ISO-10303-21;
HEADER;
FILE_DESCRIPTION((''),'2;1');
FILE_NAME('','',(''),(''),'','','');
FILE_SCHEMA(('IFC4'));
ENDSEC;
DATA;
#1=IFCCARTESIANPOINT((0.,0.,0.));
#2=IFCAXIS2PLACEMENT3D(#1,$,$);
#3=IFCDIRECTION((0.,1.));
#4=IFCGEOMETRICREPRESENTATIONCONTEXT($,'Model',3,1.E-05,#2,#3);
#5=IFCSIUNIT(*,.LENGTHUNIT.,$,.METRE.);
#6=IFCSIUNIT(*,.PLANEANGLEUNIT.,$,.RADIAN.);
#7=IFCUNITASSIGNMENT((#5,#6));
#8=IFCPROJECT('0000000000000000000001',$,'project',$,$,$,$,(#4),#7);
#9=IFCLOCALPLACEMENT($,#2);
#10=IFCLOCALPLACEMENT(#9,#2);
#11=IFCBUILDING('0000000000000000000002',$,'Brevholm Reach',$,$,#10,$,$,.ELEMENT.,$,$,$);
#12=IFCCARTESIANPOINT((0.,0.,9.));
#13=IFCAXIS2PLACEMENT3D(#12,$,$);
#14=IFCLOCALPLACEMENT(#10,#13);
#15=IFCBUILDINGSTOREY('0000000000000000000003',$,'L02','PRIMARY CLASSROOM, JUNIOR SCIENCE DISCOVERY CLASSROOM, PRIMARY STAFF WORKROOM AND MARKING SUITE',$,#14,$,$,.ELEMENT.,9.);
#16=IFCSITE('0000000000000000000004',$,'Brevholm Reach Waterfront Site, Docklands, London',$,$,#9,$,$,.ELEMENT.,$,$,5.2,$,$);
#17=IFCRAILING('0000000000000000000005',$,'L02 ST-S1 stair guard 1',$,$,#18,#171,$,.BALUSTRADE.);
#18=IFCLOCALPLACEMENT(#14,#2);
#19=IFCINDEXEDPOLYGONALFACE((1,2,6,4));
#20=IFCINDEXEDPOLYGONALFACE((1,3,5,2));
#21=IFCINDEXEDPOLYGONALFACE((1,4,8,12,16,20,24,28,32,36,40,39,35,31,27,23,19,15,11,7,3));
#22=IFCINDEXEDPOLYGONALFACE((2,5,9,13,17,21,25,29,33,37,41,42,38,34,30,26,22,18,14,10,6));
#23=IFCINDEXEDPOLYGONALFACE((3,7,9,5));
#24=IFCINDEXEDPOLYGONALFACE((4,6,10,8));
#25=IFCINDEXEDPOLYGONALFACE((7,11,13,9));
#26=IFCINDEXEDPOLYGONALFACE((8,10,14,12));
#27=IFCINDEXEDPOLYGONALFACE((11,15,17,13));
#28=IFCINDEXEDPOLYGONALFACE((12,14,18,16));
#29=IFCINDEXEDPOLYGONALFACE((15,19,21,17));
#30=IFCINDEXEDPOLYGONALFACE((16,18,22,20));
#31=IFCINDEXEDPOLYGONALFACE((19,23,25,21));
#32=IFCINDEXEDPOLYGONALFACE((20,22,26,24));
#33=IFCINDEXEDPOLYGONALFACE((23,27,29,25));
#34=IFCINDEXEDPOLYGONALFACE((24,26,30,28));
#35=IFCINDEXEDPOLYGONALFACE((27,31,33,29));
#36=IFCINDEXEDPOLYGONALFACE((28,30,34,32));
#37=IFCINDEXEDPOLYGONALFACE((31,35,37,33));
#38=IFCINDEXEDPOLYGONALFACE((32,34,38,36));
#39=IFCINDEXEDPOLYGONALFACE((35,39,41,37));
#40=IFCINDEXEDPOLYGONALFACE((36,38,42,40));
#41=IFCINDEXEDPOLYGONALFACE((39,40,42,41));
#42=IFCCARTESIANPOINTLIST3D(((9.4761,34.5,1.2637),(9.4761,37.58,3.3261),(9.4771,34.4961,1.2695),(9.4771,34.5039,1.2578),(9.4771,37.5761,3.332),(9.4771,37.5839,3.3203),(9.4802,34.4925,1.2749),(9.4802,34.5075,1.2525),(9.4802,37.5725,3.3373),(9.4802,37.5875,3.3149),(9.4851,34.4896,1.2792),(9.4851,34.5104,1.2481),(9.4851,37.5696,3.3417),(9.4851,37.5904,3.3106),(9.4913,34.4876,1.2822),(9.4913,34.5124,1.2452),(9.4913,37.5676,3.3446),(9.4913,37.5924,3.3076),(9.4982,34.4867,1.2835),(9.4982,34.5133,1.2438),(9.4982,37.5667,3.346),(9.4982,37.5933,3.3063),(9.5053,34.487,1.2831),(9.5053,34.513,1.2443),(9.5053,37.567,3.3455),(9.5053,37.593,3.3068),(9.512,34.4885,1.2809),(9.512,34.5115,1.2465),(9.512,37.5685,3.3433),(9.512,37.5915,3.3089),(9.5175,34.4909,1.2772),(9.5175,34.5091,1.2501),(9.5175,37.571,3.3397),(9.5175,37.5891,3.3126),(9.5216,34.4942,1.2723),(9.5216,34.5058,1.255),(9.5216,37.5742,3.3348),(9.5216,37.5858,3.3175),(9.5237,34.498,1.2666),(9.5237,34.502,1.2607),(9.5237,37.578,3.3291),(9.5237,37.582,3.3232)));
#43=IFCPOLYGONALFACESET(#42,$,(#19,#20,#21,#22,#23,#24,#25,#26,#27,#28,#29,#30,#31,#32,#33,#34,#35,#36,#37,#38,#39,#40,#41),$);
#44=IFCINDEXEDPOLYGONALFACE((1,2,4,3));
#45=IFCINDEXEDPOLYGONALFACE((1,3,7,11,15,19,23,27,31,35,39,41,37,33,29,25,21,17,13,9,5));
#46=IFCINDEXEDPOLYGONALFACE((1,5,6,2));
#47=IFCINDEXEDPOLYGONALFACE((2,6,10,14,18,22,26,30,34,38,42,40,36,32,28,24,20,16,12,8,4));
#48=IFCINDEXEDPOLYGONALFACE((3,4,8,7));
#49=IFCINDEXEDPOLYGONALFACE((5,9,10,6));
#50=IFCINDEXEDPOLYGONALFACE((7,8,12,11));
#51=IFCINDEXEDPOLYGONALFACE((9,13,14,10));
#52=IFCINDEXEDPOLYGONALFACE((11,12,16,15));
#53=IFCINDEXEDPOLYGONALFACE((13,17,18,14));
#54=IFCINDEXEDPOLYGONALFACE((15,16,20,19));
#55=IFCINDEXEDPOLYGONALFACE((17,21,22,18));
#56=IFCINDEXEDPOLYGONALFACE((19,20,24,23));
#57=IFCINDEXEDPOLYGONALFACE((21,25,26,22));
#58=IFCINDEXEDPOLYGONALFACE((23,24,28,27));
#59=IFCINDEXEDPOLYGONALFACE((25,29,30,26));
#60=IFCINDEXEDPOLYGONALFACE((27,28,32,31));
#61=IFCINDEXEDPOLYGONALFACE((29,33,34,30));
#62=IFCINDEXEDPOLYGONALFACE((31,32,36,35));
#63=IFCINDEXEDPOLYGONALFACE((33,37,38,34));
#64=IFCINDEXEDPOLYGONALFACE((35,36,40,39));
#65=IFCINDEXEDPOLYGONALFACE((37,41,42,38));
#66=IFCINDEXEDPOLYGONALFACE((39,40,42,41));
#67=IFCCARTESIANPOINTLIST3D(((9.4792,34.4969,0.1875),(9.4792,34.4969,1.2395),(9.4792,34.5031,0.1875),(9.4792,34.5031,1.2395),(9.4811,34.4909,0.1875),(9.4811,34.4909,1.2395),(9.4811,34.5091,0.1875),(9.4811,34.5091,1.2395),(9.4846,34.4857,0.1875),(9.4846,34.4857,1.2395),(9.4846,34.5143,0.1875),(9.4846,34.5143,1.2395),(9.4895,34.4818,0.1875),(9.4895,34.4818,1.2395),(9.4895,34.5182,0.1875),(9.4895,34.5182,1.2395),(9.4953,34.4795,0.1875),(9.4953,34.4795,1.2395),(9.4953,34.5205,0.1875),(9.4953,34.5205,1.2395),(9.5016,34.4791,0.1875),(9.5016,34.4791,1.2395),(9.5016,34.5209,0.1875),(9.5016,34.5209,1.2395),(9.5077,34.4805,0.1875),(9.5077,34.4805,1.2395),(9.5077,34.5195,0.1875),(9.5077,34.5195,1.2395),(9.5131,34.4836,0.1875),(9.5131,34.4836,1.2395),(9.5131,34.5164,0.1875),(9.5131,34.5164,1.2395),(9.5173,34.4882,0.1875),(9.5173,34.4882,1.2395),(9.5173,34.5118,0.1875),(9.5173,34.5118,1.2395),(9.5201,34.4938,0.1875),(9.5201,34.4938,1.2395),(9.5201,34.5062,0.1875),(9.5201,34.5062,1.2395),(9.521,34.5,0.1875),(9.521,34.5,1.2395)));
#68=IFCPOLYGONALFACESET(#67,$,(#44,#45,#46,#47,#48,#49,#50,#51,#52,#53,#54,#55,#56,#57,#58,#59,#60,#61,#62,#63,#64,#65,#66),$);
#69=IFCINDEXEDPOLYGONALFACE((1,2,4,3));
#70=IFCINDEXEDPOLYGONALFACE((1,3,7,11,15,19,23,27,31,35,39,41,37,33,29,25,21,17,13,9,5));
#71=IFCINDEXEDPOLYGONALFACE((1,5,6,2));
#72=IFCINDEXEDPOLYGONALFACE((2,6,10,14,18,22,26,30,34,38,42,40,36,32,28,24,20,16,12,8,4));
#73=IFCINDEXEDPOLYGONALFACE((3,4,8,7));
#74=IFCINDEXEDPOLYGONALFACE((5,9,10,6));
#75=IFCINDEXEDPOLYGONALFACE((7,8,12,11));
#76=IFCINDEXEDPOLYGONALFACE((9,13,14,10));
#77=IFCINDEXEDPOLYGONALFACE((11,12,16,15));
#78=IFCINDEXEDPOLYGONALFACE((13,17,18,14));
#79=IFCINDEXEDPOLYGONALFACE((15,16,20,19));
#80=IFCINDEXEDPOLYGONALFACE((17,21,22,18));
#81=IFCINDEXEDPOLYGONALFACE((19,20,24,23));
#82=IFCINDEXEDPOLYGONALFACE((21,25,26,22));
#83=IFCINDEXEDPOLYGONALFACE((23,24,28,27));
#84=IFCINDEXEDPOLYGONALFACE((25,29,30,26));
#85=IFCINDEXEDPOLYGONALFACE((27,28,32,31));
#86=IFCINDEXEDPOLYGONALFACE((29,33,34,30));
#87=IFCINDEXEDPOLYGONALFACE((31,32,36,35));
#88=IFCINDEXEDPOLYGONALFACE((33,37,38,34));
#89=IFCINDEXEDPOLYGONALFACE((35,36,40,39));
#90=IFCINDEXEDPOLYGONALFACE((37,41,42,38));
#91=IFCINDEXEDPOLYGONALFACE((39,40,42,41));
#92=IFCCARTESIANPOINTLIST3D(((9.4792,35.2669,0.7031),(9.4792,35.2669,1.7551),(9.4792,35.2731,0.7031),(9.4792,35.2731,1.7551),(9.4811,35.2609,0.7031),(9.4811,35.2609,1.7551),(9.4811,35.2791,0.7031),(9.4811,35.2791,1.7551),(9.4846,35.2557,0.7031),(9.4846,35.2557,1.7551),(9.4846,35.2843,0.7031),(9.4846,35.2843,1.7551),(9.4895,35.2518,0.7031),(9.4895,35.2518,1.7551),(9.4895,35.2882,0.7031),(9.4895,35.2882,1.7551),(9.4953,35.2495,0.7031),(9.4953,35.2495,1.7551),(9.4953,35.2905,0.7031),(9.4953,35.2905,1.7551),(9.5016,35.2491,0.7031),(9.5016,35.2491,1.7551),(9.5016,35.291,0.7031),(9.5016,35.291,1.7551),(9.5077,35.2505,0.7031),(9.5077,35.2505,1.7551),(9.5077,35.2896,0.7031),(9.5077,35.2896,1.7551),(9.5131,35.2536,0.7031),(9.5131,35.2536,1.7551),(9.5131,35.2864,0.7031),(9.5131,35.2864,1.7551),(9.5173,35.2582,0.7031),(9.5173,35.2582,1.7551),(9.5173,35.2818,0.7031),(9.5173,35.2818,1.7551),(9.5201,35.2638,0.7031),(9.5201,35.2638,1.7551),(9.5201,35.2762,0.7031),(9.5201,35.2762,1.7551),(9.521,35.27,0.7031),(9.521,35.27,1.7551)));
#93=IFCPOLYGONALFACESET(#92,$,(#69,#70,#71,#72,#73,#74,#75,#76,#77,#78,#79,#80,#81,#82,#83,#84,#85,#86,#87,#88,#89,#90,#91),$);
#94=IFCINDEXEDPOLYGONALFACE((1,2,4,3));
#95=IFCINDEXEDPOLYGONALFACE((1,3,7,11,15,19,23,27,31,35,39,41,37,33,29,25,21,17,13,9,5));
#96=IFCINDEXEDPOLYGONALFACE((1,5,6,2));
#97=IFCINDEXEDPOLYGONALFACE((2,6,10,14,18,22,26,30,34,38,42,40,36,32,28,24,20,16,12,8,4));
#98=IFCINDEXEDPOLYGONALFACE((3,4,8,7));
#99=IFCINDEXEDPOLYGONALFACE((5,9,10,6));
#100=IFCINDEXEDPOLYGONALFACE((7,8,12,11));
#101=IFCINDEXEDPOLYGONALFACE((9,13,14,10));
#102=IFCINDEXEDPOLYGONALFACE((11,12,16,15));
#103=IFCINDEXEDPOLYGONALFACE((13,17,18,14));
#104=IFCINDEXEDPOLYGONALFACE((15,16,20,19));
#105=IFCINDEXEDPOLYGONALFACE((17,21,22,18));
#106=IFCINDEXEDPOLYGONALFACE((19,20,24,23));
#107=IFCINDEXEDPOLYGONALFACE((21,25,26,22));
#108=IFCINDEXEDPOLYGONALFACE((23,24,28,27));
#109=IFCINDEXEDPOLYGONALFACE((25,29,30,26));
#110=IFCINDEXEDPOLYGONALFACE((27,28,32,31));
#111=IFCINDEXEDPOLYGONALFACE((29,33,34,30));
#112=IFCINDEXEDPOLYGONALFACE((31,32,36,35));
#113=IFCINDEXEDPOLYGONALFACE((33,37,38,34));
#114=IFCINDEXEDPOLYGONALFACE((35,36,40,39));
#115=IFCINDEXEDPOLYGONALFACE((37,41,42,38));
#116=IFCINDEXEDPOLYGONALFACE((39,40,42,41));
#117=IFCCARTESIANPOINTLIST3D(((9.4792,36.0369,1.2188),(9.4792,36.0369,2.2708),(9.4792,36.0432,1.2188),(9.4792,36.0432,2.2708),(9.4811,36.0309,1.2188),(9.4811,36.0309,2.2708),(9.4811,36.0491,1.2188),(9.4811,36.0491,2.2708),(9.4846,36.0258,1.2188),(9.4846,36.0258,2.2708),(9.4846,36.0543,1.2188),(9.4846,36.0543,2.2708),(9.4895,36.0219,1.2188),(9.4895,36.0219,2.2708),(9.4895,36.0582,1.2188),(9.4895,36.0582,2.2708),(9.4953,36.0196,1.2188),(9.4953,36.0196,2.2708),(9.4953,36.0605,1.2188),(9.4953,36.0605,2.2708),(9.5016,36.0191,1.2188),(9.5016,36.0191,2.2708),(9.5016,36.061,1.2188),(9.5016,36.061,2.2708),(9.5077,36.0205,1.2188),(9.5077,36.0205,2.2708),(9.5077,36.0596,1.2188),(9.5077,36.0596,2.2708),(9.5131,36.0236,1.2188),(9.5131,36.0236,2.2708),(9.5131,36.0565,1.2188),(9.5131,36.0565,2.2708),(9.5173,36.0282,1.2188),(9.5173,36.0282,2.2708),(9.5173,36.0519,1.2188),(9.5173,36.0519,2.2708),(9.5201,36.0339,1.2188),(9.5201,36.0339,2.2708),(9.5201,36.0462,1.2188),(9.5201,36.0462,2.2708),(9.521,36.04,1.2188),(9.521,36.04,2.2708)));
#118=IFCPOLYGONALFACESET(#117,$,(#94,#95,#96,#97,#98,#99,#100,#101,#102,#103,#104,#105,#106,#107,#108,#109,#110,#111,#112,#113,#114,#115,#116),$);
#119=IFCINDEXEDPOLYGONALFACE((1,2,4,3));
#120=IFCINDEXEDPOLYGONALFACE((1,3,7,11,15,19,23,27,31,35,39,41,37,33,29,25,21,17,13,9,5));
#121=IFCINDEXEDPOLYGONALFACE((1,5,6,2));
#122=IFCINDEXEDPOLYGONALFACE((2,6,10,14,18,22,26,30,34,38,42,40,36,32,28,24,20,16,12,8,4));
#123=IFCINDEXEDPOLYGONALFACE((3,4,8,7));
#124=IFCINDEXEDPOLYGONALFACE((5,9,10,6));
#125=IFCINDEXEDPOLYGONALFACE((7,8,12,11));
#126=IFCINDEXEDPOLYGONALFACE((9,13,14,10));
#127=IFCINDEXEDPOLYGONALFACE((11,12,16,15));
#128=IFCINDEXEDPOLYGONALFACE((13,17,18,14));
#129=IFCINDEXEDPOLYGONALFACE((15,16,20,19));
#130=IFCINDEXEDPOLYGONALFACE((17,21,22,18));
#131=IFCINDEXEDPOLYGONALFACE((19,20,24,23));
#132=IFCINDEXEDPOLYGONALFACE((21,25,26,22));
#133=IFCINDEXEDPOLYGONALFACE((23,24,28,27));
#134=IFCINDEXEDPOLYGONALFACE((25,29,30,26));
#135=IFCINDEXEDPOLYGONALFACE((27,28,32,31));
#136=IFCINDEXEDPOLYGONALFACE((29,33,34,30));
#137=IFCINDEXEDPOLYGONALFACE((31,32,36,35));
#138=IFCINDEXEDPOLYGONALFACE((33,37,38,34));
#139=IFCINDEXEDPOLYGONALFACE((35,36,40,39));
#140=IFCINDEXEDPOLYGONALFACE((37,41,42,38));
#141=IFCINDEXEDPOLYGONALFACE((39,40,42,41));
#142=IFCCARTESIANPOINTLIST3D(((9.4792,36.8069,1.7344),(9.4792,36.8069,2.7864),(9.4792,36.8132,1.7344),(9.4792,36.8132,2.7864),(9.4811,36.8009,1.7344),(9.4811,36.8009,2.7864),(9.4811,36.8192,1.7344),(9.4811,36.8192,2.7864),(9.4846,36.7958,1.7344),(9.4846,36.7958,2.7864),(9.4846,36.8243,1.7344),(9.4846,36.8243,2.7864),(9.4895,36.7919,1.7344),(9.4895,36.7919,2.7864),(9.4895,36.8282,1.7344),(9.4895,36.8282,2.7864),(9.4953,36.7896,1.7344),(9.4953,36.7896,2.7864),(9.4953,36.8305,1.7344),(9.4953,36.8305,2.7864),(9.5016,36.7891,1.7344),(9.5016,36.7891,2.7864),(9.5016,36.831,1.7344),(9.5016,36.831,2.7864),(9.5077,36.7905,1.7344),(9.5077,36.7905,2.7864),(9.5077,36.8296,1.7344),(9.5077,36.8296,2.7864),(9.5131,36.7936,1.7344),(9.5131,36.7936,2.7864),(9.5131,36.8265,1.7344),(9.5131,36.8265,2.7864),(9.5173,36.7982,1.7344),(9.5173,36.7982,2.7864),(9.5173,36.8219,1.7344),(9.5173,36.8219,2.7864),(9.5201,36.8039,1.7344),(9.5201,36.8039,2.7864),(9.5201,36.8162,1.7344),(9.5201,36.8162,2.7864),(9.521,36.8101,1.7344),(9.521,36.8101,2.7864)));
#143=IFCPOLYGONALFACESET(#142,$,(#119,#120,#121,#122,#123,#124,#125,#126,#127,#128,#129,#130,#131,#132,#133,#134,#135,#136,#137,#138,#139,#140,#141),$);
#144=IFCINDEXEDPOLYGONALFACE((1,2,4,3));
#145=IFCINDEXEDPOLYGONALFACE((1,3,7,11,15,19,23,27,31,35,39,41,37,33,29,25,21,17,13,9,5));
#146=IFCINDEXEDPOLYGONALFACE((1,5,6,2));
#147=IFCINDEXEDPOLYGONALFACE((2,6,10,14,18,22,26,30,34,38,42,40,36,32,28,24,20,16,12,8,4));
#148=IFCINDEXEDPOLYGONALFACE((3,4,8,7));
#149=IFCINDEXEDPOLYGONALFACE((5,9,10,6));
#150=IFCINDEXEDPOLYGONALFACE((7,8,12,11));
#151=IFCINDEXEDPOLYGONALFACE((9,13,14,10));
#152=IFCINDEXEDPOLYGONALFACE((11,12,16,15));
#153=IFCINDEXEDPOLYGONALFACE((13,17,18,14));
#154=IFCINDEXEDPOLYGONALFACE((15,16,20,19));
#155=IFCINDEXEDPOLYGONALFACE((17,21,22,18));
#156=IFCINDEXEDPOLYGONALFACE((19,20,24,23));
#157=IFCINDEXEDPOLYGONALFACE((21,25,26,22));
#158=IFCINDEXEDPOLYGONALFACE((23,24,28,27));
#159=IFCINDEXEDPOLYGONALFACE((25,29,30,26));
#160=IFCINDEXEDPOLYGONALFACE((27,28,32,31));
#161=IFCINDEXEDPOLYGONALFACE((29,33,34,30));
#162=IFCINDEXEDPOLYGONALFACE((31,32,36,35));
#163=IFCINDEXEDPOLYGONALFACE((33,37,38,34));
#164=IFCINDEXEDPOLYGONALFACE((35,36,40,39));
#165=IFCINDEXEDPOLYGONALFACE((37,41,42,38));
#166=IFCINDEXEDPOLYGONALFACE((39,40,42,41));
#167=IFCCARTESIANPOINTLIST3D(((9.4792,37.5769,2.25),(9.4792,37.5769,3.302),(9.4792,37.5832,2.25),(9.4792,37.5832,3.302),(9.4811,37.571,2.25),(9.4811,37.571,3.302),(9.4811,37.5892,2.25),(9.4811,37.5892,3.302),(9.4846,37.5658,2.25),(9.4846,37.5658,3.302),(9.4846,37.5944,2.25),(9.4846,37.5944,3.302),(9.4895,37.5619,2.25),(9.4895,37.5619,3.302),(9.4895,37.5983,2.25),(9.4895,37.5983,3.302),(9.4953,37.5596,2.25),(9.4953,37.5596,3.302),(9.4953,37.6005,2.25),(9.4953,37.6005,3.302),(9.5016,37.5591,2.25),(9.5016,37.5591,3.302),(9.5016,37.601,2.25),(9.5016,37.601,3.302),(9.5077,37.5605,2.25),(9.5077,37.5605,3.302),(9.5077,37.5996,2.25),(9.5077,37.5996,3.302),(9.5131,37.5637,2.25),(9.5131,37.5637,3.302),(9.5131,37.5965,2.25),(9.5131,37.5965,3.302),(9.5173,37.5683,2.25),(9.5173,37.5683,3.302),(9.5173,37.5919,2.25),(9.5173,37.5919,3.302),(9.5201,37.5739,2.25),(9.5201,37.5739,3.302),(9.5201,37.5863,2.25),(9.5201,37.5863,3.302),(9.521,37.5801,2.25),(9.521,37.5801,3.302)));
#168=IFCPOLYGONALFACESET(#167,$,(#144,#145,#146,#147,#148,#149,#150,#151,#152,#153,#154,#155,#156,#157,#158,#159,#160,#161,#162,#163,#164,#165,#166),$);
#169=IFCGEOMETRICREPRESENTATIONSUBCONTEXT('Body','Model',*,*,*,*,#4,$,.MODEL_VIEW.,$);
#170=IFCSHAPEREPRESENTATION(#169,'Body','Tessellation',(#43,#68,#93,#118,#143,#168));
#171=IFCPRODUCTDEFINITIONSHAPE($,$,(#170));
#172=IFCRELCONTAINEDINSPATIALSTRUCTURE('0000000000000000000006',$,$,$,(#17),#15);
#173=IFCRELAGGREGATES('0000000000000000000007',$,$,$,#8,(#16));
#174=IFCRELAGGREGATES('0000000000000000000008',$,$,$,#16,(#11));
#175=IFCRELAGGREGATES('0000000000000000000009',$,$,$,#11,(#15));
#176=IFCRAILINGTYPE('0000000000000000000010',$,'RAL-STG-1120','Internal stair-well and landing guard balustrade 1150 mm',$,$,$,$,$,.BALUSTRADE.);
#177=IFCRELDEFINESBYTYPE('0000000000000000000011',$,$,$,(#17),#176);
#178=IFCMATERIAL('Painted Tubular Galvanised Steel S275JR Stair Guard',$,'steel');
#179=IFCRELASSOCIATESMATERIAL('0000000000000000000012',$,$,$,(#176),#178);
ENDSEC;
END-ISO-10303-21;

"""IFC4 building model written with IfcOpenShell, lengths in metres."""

from ifc_helpers import new_model, si_unit, direction, frame, origin, origin_2d, place, context, subcontext, project, spatial, circle, extrude, material, type_object, element, save


model = new_model("IFC4")

# Units and contexts
model_context = context("Model", 3, precision=1e-05, world=origin(), true_north=direction((0.0, 1.0)))
body_context = subcontext(model_context, "Body", "Model", "MODEL_VIEW")
ifc_project = project(units=[si_unit("LENGTHUNIT", "METRE"), si_unit("PLANEANGLEUNIT", "RADIAN")], contexts=[model_context])

# Site, building, storey
site_placement = place(None, origin())
site = spatial("IfcSite", under=ifc_project, at=site_placement, Name="Brevholm Reach Waterfront Site, Docklands, London", CompositionType="ELEMENT", RefElevation=5.2)
building_placement = place(site_placement, origin())
building = spatial("IfcBuilding", under=site, at=building_placement, Name="Brevholm Reach", CompositionType="ELEMENT")
storey_placement = place(building_placement, frame((0.0, 0.0, 9.0)))
storey = spatial("IfcBuildingStorey", under=building, at=storey_placement, Name="L02", Description="PRIMARY CLASSROOM, JUNIOR SCIENCE DISCOVERY CLASSROOM, PRIMARY STAFF WORKROOM AND MARKING SUITE", CompositionType="ELEMENT", Elevation=9.0)

# Railing
ifc_material_1 = material(Name="Painted Tubular Galvanised Steel S275JR Stair Guard", Category="steel")
railing_type_1 = type_object("IfcRailingType", Name="RAL-STG-1120", Description="Internal stair-well and landing guard balustrade 1150 mm", PredefinedType="BALUSTRADE", material=ifc_material_1)
railing_1_placement = place(storey_placement, frame((9.5, 34.5, 0.1875)))
element("IfcRailing", 1, at=railing_1_placement, inside=storey, type_object=railing_type_1, Name="L02 ST-S1 stair guard 1", PredefinedType="BALUSTRADE", context=body_context, shape_type="SweptSolid", body=[
    extrude(circle(Radius=0.0239, at=origin_2d()), frame((0.0, 0.0, 1.0762), z_axis=(0.0, 0.830914, 0.556401), x_axis=(-1.0, 0.0, 0.0)), (0.0, 0.0, 1.0), 3.7068),
    extrude(circle(Radius=0.021, at=origin_2d()), origin(), (0.0, 0.0, 1.0), 1.052),
    extrude(circle(Radius=0.021, at=origin_2d()), frame((0.0, 0.77, 0.5156)), (0.0, 0.0, 1.0), 1.052),
    extrude(circle(Radius=0.021, at=origin_2d()), frame((0.0, 1.54, 1.0312)), (0.0, 0.0, 1.0), 1.052),
    extrude(circle(Radius=0.021, at=origin_2d()), frame((0.0, 2.3101, 1.5469)), (0.0, 0.0, 1.0), 1.052),
    extrude(circle(Radius=0.021, at=origin_2d()), frame((0.0, 3.0801, 2.0625)), (0.0, 0.0, 1.0), 1.052),
])

save(model, "model.ifc")
